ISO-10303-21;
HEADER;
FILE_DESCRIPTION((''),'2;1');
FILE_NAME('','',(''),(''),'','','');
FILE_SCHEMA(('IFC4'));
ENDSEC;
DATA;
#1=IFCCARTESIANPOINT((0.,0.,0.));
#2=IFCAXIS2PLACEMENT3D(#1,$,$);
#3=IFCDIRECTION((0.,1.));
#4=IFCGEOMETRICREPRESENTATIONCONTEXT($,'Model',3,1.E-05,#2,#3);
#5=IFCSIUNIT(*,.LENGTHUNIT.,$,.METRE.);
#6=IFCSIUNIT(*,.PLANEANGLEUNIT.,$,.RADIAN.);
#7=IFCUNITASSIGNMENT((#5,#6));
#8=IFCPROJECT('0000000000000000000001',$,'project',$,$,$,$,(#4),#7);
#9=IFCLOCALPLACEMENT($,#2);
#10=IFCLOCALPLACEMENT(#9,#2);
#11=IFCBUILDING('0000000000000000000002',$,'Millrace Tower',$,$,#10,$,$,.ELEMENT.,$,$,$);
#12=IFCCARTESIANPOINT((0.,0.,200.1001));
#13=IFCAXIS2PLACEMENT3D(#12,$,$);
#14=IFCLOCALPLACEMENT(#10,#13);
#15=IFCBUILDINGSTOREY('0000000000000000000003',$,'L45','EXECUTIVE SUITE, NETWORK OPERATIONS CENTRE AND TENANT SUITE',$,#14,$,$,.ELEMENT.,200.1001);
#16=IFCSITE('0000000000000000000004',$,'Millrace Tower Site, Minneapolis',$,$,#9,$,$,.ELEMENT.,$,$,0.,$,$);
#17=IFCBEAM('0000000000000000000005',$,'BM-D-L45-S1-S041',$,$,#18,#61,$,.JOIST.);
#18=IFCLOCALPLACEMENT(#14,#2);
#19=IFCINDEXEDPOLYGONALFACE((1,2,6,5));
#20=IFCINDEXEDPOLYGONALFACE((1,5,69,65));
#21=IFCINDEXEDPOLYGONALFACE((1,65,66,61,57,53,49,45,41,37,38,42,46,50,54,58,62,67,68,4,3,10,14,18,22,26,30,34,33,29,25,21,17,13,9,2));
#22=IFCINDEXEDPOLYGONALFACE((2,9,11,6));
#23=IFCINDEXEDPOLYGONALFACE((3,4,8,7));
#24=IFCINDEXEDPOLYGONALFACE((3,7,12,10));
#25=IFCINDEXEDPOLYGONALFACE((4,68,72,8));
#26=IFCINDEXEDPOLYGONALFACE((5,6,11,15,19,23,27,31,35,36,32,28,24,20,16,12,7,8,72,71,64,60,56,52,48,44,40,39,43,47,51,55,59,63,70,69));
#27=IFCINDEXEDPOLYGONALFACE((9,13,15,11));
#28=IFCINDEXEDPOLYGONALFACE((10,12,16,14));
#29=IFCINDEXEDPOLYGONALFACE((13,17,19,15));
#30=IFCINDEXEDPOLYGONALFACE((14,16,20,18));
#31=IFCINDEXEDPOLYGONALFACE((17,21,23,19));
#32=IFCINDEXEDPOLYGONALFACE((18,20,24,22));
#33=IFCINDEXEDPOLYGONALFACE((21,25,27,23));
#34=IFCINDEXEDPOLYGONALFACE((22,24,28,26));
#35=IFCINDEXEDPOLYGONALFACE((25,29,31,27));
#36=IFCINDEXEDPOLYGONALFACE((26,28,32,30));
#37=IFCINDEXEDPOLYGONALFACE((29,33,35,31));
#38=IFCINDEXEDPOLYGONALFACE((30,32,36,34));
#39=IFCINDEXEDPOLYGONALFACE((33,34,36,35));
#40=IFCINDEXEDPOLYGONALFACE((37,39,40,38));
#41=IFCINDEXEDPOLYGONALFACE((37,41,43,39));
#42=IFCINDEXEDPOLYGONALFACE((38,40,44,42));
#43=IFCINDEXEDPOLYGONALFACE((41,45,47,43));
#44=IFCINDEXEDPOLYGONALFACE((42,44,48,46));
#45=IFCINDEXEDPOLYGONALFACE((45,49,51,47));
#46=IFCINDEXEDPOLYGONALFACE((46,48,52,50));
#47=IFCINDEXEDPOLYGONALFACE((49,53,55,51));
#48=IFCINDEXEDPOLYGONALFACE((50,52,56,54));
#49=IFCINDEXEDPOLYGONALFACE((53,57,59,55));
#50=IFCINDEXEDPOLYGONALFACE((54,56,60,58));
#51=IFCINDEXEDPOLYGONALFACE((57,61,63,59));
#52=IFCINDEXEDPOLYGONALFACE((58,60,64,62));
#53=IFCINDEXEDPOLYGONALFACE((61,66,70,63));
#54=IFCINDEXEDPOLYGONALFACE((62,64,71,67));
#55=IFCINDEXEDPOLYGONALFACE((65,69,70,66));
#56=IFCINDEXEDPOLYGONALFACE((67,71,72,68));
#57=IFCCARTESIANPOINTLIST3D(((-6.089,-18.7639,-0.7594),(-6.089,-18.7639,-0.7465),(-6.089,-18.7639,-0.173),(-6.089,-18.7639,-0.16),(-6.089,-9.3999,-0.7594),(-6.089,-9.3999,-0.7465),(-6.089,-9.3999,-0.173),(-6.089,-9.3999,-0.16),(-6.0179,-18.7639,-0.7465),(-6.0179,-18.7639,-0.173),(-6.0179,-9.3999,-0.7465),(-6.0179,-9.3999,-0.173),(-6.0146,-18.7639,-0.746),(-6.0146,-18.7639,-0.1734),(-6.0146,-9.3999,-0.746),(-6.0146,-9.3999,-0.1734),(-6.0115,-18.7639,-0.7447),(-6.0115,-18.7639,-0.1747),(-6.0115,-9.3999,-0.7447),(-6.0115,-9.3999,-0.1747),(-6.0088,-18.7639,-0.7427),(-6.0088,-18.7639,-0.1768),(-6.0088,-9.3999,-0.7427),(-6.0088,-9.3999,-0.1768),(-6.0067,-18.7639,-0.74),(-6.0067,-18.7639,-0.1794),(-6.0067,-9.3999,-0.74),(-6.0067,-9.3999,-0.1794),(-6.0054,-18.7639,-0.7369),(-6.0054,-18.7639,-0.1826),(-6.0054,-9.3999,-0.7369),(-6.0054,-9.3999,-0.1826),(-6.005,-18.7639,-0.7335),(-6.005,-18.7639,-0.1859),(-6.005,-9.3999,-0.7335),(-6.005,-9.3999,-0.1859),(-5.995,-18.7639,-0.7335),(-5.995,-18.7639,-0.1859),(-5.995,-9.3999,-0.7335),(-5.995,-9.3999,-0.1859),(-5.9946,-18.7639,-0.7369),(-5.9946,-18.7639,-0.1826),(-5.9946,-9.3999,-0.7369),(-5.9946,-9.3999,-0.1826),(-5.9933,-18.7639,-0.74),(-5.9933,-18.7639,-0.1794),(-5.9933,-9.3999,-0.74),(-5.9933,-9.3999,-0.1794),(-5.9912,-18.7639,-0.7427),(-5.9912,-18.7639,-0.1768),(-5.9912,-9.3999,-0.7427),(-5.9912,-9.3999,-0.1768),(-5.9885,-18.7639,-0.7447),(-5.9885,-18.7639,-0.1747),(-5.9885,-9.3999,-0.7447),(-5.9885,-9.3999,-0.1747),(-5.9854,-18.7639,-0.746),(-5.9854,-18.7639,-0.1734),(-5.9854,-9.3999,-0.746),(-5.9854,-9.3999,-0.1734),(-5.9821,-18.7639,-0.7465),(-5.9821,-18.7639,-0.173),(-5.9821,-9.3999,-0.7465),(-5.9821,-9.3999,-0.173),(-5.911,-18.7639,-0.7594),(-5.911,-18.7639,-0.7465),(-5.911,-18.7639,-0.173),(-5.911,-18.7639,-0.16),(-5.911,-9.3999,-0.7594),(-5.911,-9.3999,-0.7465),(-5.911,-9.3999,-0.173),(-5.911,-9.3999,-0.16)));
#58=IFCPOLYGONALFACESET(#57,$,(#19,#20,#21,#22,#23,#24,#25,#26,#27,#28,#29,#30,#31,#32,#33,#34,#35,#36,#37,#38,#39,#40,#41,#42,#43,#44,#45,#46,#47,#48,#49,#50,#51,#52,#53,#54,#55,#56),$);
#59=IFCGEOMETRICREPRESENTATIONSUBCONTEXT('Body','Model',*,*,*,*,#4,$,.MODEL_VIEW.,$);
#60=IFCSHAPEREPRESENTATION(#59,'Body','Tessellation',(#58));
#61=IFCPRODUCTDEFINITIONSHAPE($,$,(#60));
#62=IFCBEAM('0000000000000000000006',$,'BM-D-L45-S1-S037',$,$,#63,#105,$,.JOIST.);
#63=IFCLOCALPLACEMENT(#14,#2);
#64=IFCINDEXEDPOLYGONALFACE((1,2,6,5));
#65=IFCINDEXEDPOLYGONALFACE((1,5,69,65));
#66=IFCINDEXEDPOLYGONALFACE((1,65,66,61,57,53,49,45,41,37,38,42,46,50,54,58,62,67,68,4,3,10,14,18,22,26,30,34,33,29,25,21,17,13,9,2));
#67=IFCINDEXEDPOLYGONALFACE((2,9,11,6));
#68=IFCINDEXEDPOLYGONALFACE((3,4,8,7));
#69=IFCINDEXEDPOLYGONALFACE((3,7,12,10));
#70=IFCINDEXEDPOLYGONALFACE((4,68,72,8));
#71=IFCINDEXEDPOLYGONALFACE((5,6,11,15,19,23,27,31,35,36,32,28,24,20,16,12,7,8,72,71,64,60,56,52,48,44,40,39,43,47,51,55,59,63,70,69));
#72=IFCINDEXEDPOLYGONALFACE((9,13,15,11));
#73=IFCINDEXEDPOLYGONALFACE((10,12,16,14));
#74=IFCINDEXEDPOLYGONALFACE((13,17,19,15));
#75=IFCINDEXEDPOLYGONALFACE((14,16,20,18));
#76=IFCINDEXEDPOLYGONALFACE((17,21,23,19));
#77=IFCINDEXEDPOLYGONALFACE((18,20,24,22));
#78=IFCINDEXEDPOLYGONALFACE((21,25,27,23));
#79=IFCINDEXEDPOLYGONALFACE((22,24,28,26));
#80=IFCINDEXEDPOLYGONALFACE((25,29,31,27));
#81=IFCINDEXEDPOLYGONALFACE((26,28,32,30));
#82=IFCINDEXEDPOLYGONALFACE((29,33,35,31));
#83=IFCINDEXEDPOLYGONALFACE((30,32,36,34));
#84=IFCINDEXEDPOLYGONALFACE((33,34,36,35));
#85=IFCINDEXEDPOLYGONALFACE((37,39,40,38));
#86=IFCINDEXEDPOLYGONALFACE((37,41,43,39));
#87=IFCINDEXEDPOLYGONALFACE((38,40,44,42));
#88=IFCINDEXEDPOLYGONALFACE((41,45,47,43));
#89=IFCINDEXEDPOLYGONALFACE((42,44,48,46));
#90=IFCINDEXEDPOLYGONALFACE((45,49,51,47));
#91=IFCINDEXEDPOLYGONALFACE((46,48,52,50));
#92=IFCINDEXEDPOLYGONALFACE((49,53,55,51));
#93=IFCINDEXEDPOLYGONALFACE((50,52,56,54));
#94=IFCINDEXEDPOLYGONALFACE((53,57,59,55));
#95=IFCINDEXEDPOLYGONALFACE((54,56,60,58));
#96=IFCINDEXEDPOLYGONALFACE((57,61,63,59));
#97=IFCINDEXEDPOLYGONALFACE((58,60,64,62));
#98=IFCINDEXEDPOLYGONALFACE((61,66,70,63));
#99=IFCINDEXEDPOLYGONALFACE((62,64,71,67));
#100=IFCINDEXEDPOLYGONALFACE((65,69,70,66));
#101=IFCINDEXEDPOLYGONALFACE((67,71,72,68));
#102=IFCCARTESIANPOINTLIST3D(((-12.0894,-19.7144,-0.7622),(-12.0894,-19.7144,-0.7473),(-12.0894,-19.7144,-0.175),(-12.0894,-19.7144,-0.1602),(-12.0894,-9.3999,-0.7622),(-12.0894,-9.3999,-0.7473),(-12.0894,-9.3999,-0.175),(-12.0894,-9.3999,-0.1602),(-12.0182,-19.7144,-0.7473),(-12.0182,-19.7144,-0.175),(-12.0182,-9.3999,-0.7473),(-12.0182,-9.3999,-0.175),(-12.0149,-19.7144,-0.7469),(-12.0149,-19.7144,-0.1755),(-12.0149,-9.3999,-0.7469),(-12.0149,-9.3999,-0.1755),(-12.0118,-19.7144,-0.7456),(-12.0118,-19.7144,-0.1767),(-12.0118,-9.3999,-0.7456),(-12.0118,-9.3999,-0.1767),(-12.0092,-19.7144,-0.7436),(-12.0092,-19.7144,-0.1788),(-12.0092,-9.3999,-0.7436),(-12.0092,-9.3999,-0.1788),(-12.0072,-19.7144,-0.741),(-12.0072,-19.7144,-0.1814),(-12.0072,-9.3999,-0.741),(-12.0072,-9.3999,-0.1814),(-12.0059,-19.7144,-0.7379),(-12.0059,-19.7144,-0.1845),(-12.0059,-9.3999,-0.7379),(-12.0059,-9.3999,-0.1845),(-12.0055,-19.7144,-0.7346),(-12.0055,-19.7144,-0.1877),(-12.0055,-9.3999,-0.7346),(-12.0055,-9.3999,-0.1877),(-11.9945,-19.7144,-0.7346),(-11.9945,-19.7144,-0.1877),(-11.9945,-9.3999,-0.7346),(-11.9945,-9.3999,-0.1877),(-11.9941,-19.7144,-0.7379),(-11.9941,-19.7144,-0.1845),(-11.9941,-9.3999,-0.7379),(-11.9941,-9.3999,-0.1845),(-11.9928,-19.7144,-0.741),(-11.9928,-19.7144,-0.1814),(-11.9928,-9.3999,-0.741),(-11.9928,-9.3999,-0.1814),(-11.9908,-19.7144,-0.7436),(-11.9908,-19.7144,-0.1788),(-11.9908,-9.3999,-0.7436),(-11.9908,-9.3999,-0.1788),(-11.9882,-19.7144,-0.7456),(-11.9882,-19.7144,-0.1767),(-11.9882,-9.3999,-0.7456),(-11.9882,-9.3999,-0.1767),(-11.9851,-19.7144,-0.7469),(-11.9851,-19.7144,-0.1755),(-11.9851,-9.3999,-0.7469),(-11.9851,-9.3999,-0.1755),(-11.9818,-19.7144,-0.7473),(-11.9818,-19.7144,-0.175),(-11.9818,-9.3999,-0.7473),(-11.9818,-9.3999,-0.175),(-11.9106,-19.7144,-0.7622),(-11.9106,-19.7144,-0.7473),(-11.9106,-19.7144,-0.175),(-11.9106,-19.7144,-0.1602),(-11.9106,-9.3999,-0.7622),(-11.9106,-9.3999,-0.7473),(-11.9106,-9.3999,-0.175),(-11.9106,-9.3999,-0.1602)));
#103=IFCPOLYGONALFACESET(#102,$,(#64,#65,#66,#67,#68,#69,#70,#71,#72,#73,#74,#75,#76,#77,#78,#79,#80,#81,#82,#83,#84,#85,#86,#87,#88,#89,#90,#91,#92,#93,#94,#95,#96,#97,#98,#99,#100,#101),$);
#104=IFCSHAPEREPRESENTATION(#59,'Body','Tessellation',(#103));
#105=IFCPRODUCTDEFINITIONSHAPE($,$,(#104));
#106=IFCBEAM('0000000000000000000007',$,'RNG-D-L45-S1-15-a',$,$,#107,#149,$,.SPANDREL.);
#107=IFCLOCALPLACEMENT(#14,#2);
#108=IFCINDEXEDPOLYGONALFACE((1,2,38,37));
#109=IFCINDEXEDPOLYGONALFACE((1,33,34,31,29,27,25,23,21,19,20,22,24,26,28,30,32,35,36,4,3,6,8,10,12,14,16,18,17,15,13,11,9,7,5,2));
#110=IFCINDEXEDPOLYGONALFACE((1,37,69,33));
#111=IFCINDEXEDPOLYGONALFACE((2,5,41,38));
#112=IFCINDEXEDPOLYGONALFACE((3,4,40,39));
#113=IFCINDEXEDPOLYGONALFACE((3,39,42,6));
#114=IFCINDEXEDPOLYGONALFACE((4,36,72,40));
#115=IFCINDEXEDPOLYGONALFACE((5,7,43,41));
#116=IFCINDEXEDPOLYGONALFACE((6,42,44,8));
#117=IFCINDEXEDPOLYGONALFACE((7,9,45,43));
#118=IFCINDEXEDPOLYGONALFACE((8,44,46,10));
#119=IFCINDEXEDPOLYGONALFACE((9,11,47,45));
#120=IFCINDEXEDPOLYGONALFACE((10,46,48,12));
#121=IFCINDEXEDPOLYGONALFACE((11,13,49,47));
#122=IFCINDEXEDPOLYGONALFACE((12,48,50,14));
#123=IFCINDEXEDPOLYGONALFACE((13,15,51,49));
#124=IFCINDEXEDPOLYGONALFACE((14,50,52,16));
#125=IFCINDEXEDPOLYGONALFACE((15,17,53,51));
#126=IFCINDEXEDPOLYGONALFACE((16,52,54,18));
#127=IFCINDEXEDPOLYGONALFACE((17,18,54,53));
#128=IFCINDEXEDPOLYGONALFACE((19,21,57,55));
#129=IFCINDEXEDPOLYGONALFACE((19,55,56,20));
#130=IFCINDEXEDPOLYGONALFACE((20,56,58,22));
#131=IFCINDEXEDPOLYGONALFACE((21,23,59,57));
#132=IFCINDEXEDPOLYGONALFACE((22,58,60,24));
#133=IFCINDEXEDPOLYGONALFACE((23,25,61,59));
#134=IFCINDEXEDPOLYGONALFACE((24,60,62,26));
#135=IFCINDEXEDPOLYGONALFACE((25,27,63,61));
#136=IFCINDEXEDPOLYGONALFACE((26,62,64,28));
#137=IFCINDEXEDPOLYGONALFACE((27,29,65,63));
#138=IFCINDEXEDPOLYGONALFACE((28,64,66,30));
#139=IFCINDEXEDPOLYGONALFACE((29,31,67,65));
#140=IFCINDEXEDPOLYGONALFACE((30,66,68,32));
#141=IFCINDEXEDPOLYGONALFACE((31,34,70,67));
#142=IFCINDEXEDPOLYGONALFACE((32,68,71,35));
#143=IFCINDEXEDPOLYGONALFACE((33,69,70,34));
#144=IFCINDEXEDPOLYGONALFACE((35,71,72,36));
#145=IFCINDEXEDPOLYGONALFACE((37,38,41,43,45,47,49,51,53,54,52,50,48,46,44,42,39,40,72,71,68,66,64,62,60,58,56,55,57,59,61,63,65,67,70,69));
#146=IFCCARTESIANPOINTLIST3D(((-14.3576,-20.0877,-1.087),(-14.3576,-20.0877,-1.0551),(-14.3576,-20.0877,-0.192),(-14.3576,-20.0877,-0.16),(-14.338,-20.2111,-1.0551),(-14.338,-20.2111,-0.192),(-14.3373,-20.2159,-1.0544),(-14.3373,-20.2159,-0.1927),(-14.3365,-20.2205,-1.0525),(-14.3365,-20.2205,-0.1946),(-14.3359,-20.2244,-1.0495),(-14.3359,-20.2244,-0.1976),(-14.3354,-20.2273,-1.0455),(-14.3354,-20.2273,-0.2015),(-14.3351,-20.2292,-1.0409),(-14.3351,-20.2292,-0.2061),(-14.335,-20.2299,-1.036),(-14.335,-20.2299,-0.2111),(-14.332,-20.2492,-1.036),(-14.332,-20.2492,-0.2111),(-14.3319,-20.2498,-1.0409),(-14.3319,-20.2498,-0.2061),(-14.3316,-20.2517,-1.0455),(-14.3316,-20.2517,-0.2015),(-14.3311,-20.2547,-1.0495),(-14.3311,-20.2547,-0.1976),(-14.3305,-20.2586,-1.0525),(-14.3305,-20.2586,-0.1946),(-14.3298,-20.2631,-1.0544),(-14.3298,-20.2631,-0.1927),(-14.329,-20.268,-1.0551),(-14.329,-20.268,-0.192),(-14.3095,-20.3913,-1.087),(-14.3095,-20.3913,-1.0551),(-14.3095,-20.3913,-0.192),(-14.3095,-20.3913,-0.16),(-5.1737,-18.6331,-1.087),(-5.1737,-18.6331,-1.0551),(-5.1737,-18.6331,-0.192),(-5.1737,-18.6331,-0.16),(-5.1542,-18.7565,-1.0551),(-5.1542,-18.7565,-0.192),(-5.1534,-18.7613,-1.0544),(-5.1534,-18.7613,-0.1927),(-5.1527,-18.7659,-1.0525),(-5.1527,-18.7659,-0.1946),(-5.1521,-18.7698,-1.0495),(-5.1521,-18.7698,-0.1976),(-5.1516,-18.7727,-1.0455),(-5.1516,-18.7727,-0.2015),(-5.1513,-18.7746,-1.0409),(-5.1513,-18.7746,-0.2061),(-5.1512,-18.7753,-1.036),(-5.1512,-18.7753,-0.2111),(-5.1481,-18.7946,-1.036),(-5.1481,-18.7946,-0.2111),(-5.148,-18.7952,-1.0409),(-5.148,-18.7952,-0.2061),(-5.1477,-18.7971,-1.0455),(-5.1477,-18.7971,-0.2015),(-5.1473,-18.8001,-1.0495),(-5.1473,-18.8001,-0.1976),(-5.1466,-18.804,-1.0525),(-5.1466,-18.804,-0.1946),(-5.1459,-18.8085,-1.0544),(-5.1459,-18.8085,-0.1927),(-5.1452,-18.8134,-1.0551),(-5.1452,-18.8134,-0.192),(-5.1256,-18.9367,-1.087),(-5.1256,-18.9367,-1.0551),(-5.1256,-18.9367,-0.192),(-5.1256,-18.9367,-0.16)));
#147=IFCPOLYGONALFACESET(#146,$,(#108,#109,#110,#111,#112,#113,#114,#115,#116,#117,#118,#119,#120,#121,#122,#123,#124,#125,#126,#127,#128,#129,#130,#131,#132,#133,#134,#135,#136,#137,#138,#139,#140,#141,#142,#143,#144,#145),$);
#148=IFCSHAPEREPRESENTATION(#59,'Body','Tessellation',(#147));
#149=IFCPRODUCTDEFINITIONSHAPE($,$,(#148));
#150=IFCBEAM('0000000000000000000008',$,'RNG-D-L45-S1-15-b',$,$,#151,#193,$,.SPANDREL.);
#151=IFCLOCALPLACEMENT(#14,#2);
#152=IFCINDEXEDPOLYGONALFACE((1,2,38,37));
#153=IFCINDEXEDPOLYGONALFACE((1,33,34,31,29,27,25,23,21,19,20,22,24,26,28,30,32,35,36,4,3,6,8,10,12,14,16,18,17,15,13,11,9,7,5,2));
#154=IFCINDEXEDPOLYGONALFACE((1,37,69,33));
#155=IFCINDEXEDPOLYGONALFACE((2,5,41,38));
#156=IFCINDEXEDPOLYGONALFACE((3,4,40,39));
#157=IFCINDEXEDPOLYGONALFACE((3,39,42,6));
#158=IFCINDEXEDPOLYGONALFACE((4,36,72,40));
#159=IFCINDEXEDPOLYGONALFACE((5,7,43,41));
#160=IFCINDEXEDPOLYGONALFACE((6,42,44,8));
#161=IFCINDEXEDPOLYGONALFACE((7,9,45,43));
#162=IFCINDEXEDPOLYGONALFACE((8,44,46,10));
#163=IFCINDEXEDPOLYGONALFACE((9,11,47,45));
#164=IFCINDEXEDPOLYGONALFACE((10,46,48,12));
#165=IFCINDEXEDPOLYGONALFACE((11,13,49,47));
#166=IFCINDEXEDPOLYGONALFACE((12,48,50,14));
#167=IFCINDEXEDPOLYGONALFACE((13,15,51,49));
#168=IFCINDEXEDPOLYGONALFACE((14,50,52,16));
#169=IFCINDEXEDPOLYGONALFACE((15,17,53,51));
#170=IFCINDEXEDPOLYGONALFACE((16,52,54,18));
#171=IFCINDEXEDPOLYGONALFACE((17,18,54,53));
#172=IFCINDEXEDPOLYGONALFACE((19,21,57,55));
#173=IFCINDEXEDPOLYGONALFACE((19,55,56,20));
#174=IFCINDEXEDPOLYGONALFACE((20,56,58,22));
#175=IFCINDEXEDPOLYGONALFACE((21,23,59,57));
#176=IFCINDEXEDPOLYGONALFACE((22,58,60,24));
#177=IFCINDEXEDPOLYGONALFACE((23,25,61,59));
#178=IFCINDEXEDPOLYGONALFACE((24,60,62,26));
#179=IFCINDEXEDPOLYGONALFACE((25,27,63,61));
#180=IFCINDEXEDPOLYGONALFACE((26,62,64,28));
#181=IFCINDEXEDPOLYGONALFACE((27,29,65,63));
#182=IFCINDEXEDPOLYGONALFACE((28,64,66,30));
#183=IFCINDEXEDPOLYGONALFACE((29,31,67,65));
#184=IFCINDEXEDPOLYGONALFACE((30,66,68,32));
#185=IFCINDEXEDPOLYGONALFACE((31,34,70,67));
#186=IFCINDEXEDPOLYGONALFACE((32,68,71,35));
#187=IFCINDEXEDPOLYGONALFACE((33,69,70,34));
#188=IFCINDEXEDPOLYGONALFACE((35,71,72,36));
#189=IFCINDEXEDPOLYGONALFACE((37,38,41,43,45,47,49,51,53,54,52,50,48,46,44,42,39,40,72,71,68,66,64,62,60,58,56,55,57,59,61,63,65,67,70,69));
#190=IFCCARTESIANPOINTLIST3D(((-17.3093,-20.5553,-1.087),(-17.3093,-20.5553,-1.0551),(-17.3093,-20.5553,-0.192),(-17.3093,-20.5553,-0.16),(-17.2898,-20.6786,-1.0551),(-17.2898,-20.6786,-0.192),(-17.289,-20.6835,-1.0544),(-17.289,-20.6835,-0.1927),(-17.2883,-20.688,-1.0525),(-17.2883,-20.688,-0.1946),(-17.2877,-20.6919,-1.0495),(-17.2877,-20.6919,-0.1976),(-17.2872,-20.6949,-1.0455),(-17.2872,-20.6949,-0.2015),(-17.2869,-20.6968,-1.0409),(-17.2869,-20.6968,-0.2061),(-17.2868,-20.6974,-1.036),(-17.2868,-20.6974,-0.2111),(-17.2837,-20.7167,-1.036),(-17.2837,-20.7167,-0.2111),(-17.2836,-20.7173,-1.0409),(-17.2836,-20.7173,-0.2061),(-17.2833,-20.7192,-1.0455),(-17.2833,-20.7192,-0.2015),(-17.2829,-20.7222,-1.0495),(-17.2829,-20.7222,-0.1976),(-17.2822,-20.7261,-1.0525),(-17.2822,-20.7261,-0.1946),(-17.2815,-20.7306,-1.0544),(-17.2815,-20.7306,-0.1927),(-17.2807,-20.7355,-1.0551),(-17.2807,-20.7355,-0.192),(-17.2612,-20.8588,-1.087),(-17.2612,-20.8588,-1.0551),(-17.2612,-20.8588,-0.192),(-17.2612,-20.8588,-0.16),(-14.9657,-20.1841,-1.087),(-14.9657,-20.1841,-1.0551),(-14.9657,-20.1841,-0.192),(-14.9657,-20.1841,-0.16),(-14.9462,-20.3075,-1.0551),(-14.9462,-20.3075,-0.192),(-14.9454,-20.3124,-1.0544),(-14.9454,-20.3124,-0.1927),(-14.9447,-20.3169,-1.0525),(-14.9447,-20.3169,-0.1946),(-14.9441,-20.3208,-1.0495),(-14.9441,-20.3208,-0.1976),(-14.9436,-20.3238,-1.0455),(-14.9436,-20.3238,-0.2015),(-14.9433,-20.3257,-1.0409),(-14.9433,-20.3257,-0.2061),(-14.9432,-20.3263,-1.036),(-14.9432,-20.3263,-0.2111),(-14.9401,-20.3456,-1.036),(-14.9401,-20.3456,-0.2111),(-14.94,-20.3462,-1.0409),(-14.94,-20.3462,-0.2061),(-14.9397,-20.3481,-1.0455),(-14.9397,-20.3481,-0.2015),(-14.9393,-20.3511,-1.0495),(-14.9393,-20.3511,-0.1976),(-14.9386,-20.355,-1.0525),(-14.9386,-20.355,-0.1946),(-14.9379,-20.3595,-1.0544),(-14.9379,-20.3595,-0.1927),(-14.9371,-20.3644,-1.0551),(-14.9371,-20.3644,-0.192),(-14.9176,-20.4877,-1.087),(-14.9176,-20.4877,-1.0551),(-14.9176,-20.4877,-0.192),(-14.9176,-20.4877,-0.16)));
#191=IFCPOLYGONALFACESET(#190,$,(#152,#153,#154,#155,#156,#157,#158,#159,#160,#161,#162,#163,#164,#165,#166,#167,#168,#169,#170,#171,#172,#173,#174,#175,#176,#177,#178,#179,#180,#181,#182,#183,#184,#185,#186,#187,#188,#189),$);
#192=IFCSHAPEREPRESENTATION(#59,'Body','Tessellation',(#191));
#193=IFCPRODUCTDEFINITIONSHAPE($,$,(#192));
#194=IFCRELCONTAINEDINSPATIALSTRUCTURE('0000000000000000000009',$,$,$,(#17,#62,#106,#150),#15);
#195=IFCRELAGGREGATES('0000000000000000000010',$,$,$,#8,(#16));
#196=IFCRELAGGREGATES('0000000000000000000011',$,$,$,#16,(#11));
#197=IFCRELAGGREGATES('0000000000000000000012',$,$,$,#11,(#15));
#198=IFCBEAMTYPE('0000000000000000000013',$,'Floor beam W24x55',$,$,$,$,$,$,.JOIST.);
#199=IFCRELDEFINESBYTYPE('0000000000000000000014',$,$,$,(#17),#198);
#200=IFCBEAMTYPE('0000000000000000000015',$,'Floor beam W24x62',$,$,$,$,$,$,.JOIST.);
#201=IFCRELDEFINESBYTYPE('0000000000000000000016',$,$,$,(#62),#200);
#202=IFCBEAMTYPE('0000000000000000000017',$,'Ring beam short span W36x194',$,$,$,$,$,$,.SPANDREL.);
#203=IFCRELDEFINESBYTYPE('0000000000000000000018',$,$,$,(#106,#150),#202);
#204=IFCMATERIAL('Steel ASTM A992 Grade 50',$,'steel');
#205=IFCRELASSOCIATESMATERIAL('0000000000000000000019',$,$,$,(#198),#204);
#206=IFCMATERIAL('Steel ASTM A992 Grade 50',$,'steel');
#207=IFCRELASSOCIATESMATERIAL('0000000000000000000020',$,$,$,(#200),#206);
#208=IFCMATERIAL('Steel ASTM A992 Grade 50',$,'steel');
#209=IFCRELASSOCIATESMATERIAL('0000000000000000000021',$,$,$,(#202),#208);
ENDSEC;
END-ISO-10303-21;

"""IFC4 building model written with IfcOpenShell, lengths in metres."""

from ifc_helpers import new_model, si_unit, direction, frame, origin, origin_2d, place, context, subcontext, project, spatial, i_section, extrude, material, material_profile, profile_set, type_object, element, save


model = new_model("IFC4")

# Units and contexts
model_context = context("Model", 3, precision=1e-05, world=origin(), true_north=direction((0.0, 1.0)))
body_context = subcontext(model_context, "Body", "Model", "MODEL_VIEW")
ifc_project = project(units=[si_unit("LENGTHUNIT", "METRE"), si_unit("PLANEANGLEUNIT", "RADIAN")], contexts=[model_context])

# Site, building, storey
site_placement = place(None, origin())
site = spatial("IfcSite", under=ifc_project, at=site_placement, Name="Millrace Tower Site, Minneapolis", CompositionType="ELEMENT", RefElevation=0.0)
building_placement = place(site_placement, origin())
building = spatial("IfcBuilding", under=site, at=building_placement, Name="Millrace Tower", CompositionType="ELEMENT")
storey_placement = place(building_placement, frame((0.0, 0.0, 200.1001)))
storey = spatial("IfcBuildingStorey", under=building, at=storey_placement, Name="L45", Description="EXECUTIVE SUITE, NETWORK OPERATIONS CENTRE AND TENANT SUITE", CompositionType="ELEMENT", Elevation=200.1001)

# Beams
ifc_material_1 = material(Name="Steel ASTM A992 Grade 50", Category="steel")
ifc_material_profile_1 = material_profile(ifc_material_1, i_section(OverallWidth=0.178, OverallDepth=0.5994, WebThickness=0.01, FlangeThickness=0.0129, FilletRadius=0.0129, at=origin_2d()))
ifc_profile_set_1 = profile_set([ifc_material_profile_1], Name="Steel ASTM A992 Grade 50")
beam_type_1 = type_object("IfcBeamType", Name="Floor beam W24x55", PredefinedType="JOIST", material=ifc_profile_set_1)
beam_1_placement = place(storey_placement, frame((-6.0, -18.7639, -0.4597), z_axis=(0.0, 1.0, 0.0), x_axis=(-1.0, 0.0, 0.0)))
element("IfcBeam", 1, at=beam_1_placement, inside=storey, type_object=beam_type_1, Name="BM-D-L45-S1-S041", PredefinedType="JOIST", context=body_context, shape_type="SweptSolid", body=[
    extrude(i_section(OverallWidth=0.178, OverallDepth=0.5994, WebThickness=0.01, FlangeThickness=0.0129, FilletRadius=0.0129, at=origin_2d()), origin(), (0.0, 0.0, 1.0), 9.364),
])
ifc_material_2 = material(Name="Steel ASTM A992 Grade 50", Category="steel")
ifc_material_profile_2 = material_profile(ifc_material_2, i_section(OverallWidth=0.1787, OverallDepth=0.6021, WebThickness=0.011, FlangeThickness=0.0149, FilletRadius=0.0127, at=origin_2d()))
ifc_profile_set_2 = profile_set([ifc_material_profile_2], Name="Steel ASTM A992 Grade 50")
beam_type_2 = type_object("IfcBeamType", Name="Floor beam W24x62", PredefinedType="JOIST", material=ifc_profile_set_2)
beam_2_placement = place(storey_placement, frame((-12.0, -19.7144, -0.4612), z_axis=(0.0, 1.0, 0.0), x_axis=(-1.0, 0.0, 0.0)))
element("IfcBeam", 2, at=beam_2_placement, inside=storey, type_object=beam_type_2, Name="BM-D-L45-S1-S037", PredefinedType="JOIST", context=body_context, shape_type="SweptSolid", body=[
    extrude(i_section(OverallWidth=0.1787, OverallDepth=0.6021, WebThickness=0.011, FlangeThickness=0.0149, FilletRadius=0.0127, at=origin_2d()), origin(), (0.0, 0.0, 1.0), 10.3145),
])
ifc_material_3 = material(Name="Steel ASTM A992 Grade 50", Category="steel")
ifc_material_profile_3 = material_profile(ifc_material_3, i_section(OverallWidth=0.3074, OverallDepth=0.927, WebThickness=0.0195, FlangeThickness=0.032, FilletRadius=0.019, at=origin_2d()))
ifc_profile_set_3 = profile_set([ifc_material_profile_3], Name="Steel ASTM A992 Grade 50")
beam_type_3 = type_object("IfcBeamType", Name="Ring beam short span W36x194", PredefinedType="SPANDREL", material=ifc_profile_set_3)
beam_3_placement = place(storey_placement, frame((-5.1497, -18.7849, -0.6235), z_axis=(-0.987688, -0.156436, 0.0), x_axis=(0.156436, -0.987688, 0.0)))
element("IfcBeam", 3, at=beam_3_placement, inside=storey, type_object=beam_type_3, Name="RNG-D-L45-S1-15-a", PredefinedType="SPANDREL", context=body_context, shape_type="SweptSolid", body=[
    extrude(i_section(OverallWidth=0.3074, OverallDepth=0.927, WebThickness=0.0195, FlangeThickness=0.032, FilletRadius=0.019, at=origin_2d()), origin(), (0.0, 0.0, 1.0), 9.2983),
])
beam_4_placement = place(storey_placement, frame((-14.9417, -20.3359, -0.6235), z_axis=(-0.987694, -0.156401, 0.0), x_axis=(0.156401, -0.987694, 0.0)))
element("IfcBeam", 4, at=beam_4_placement, inside=storey, type_object=beam_type_3, Name="RNG-D-L45-S1-15-b", PredefinedType="SPANDREL", context=body_context, shape_type="SweptSolid", body=[
    extrude(i_section(OverallWidth=0.3074, OverallDepth=0.927, WebThickness=0.0195, FlangeThickness=0.032, FilletRadius=0.019, at=origin_2d()), origin(), (0.0, 0.0, 1.0), 2.3728),
])

save(model, "model.ifc")
